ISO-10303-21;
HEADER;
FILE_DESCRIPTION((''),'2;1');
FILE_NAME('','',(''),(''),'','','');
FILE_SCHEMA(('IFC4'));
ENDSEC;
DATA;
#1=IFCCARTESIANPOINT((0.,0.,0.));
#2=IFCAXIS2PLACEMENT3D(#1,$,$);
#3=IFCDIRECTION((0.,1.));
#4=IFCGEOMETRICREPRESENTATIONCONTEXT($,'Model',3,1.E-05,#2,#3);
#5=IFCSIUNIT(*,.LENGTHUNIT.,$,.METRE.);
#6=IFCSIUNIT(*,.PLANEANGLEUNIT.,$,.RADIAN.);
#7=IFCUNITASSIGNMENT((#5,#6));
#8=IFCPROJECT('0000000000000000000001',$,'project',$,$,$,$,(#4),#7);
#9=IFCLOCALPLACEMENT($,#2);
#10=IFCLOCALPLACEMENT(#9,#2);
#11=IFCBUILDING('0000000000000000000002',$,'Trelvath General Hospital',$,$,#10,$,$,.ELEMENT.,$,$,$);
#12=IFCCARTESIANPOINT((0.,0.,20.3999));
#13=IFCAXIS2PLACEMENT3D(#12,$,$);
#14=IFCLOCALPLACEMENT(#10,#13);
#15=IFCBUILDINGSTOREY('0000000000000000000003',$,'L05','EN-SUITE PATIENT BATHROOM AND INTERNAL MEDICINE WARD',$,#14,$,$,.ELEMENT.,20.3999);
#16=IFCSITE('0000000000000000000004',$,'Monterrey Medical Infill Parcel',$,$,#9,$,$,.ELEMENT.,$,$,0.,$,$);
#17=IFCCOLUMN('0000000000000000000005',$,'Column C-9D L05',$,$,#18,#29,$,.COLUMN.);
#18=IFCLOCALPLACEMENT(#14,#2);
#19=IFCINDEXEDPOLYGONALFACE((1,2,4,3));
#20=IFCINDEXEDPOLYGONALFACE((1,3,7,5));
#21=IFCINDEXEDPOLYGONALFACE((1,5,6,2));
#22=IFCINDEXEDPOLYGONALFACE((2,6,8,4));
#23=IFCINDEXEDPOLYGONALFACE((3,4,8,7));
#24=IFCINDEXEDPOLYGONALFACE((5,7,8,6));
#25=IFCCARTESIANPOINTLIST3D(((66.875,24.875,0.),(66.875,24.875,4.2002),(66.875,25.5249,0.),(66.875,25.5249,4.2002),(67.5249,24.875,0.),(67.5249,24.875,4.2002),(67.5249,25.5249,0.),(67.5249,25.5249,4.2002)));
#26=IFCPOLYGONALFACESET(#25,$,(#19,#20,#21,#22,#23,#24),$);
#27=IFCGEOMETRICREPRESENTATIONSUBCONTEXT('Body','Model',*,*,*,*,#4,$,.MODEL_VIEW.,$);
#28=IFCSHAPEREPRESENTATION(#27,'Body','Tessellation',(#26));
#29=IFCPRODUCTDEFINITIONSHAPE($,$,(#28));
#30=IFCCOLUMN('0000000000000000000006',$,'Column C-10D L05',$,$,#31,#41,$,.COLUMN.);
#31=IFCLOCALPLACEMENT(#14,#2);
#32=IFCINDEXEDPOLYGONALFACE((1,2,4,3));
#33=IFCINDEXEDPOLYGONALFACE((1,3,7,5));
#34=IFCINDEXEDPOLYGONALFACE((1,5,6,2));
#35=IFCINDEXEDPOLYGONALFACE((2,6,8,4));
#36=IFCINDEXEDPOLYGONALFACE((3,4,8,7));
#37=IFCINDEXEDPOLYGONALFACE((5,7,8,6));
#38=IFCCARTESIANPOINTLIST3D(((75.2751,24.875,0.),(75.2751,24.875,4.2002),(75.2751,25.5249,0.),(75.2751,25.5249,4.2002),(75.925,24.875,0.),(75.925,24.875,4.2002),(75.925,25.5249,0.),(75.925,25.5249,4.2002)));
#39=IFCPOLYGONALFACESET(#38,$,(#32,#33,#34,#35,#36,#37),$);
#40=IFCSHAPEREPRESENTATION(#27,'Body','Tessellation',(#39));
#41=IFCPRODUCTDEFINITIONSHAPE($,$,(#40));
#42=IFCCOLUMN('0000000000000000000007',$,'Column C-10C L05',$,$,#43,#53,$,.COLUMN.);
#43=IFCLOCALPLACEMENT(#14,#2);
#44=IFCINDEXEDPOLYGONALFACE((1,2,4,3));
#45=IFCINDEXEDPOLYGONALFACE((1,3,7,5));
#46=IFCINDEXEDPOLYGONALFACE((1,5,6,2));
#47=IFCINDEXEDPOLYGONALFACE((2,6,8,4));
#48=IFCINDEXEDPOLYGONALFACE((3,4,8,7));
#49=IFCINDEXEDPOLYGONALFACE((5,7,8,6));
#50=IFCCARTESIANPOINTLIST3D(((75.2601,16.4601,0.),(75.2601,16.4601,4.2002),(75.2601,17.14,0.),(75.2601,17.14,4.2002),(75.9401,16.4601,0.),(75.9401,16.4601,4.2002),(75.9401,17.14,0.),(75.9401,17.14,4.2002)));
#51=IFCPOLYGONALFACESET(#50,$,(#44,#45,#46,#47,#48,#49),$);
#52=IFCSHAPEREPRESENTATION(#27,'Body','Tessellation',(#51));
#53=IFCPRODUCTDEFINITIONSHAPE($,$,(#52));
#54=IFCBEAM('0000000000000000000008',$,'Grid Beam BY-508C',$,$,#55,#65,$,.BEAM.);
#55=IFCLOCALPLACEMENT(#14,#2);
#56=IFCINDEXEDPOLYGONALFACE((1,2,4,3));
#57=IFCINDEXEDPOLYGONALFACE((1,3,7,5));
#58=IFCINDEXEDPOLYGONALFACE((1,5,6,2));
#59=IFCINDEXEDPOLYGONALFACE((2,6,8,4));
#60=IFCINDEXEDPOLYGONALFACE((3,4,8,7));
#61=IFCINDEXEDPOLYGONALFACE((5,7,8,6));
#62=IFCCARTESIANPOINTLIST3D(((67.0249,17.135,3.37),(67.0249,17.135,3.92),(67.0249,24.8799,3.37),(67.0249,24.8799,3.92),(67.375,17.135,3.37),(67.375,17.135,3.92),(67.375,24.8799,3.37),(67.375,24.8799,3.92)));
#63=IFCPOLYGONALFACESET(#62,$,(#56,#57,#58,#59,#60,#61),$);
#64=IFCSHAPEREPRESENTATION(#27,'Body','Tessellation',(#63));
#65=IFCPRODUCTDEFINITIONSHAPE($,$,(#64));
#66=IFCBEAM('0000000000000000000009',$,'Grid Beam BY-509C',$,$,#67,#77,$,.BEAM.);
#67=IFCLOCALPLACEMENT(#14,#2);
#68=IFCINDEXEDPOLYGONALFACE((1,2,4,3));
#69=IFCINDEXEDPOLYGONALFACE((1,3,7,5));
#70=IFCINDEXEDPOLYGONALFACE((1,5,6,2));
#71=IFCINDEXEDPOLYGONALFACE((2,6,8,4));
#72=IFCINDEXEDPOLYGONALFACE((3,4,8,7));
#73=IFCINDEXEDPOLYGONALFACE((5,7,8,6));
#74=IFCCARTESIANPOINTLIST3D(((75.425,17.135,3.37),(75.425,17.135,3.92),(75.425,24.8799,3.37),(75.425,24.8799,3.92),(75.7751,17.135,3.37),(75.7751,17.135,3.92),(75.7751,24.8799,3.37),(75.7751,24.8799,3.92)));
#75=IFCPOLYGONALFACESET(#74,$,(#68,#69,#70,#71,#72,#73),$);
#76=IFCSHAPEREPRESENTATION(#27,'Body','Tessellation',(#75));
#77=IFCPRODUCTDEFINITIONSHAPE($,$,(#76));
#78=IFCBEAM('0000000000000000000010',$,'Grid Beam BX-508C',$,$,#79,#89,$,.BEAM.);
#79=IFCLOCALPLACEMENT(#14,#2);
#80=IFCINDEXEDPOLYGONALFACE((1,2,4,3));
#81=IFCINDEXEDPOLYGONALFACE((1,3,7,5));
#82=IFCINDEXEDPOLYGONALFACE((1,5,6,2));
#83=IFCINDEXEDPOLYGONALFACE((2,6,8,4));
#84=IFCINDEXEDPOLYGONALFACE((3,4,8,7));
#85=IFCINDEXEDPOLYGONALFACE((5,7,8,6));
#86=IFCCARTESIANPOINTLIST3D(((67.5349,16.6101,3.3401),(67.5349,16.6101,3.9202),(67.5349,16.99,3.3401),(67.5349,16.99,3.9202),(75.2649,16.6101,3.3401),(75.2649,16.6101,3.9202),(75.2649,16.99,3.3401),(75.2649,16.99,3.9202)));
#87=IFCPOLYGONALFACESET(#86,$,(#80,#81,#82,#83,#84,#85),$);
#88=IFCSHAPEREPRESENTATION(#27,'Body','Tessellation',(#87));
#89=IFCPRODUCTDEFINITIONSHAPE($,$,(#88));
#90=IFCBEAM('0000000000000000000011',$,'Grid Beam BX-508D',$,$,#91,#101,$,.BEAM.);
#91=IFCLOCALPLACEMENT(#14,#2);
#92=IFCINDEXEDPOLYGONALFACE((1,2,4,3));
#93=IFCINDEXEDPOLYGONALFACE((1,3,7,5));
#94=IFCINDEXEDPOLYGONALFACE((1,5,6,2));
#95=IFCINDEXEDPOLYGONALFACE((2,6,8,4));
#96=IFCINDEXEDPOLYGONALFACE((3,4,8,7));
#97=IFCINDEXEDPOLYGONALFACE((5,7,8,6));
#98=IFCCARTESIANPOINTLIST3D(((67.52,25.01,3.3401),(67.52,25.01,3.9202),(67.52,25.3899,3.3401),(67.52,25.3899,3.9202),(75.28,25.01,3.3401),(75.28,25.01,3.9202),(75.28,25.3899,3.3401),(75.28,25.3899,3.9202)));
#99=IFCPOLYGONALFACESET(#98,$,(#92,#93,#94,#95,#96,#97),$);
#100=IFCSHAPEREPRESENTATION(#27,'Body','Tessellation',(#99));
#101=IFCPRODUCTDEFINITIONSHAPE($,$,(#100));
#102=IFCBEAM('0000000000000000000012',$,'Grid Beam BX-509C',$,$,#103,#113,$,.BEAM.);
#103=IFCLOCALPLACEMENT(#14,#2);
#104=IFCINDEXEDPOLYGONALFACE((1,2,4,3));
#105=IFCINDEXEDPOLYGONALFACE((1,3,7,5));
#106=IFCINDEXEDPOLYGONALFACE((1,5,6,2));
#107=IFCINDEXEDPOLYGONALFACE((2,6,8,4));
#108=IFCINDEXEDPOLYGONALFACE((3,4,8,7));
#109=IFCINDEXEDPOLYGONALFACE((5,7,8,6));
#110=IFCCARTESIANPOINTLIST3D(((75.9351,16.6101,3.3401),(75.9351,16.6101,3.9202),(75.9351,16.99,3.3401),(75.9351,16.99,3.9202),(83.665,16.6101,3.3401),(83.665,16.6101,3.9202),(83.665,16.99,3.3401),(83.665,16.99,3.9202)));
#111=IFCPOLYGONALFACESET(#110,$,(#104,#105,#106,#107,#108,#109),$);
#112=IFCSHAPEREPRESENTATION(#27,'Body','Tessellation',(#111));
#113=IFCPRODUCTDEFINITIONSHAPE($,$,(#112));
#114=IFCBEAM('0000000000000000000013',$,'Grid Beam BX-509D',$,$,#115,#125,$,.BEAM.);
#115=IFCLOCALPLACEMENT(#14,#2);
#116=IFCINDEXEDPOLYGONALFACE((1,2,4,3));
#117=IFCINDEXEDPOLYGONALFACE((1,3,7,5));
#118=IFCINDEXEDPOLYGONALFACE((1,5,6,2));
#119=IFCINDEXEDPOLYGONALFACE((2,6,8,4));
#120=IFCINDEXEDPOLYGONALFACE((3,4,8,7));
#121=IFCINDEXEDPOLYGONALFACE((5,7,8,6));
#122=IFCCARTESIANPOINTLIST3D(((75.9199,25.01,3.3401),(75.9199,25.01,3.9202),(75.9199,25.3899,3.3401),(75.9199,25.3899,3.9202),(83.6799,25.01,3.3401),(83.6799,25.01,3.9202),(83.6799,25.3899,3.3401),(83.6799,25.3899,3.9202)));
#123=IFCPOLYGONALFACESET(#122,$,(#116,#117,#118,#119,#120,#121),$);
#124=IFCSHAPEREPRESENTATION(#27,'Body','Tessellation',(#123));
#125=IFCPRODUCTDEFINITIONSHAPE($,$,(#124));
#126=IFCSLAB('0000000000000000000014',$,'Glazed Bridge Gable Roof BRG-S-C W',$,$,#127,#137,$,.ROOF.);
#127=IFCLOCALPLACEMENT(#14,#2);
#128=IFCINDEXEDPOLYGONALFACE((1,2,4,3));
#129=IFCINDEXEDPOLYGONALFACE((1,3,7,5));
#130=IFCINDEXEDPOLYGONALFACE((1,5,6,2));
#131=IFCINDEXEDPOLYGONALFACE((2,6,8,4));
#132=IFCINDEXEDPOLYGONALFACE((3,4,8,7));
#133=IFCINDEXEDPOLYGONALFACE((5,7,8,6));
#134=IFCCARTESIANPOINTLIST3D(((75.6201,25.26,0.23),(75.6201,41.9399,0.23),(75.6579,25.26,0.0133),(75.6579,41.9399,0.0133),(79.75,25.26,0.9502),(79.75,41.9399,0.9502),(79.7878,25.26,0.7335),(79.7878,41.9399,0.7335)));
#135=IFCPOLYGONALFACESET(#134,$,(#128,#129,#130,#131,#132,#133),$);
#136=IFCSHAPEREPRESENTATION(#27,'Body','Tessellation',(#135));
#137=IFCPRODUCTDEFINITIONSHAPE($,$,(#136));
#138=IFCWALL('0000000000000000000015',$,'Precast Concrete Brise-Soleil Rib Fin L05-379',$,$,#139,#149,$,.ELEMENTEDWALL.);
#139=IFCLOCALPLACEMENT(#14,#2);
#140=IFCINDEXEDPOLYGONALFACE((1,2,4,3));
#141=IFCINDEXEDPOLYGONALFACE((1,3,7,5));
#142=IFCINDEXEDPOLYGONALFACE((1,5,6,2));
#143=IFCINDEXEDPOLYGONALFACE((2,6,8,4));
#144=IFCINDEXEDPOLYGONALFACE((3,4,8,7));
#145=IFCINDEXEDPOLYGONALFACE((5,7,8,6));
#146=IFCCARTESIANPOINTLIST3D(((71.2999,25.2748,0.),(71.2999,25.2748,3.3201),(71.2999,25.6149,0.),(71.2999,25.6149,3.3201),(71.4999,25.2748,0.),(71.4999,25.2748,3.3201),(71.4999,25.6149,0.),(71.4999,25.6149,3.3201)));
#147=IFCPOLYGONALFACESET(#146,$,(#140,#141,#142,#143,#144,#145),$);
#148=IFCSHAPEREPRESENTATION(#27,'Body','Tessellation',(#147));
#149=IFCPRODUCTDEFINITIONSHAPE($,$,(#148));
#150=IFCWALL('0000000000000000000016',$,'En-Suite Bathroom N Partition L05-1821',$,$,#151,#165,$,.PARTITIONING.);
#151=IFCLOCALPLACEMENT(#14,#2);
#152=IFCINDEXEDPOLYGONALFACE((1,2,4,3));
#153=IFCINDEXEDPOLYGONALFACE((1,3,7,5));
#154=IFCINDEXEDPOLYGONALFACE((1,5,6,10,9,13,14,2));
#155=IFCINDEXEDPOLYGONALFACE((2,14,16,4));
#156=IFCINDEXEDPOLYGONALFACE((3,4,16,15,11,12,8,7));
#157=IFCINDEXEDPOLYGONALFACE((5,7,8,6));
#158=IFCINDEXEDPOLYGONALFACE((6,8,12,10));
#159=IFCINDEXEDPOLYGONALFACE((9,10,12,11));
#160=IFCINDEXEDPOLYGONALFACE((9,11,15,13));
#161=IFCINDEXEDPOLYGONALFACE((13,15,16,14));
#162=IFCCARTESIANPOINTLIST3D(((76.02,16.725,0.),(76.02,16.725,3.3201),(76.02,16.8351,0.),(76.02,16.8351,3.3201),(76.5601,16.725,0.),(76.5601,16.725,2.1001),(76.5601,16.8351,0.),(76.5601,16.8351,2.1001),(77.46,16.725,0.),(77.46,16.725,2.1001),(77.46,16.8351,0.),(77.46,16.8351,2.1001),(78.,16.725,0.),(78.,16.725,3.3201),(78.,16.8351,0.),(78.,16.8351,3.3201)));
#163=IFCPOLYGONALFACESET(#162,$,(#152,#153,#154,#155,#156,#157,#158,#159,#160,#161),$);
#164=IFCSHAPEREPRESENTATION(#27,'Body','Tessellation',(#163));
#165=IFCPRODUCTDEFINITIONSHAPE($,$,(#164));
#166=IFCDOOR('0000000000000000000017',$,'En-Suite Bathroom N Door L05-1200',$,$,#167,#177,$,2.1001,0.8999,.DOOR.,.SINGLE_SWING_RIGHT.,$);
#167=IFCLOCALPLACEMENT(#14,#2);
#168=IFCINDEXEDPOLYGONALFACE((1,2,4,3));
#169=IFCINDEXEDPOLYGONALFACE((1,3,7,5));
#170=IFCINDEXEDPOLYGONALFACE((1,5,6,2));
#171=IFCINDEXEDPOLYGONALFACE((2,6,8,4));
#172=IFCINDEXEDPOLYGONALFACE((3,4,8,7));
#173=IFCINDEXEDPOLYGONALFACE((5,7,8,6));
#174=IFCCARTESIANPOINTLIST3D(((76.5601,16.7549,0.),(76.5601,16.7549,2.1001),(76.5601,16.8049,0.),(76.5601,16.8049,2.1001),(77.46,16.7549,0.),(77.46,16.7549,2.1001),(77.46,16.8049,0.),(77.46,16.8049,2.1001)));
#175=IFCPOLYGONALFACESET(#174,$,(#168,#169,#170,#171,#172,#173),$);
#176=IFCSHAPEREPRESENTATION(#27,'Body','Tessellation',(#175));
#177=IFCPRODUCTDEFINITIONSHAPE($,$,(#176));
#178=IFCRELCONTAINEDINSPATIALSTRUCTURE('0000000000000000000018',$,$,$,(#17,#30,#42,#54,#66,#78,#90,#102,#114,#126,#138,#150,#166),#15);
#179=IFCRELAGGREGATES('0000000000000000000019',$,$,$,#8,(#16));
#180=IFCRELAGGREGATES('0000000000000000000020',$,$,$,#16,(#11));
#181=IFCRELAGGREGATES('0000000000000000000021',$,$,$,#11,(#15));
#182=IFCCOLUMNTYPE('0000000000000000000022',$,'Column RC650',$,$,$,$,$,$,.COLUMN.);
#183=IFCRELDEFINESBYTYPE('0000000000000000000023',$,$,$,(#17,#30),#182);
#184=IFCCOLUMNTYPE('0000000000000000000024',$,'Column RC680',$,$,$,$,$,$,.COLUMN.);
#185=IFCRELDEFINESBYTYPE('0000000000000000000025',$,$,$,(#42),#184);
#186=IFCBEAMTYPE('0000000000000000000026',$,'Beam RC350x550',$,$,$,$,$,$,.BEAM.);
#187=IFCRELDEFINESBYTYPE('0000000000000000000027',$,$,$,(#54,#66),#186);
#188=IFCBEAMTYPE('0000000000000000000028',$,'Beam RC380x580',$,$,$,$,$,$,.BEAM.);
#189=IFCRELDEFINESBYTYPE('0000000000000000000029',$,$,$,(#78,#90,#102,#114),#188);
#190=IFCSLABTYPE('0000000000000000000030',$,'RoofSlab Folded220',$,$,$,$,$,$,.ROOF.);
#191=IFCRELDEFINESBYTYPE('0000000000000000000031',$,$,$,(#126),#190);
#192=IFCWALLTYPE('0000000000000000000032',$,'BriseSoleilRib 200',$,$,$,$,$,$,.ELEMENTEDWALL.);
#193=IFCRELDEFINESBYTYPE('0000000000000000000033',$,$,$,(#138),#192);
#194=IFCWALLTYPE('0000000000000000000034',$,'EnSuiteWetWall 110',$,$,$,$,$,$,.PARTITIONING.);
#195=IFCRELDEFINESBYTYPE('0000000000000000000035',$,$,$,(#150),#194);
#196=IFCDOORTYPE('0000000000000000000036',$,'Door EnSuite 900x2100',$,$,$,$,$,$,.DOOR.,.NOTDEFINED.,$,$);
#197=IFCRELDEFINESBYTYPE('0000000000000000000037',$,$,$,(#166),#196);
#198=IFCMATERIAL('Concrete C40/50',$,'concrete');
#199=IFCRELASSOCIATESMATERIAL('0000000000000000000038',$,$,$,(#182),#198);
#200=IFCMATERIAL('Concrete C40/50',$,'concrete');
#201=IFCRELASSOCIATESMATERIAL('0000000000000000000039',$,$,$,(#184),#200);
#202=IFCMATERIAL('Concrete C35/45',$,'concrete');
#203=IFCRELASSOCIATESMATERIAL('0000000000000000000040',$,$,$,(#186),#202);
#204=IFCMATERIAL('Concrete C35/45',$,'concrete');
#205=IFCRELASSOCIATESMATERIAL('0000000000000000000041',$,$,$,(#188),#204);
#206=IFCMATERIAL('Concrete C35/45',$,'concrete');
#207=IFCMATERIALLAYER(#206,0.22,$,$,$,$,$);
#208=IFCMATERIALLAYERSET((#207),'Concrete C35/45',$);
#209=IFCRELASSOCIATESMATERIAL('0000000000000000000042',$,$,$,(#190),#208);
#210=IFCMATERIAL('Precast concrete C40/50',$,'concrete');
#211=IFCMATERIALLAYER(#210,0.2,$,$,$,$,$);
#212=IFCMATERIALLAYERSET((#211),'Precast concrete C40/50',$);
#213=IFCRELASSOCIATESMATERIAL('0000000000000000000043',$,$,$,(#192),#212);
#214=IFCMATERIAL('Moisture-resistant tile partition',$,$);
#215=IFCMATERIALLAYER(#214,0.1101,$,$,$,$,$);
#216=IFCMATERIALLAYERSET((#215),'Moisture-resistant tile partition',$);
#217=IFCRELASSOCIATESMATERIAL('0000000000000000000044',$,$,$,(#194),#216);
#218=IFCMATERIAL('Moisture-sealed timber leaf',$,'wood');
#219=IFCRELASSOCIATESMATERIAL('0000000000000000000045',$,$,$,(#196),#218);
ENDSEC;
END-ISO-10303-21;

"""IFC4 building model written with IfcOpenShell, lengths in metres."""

from ifc_helpers import new_model, si_unit, direction, frame, frame_2d, origin, origin_2d, place, context, subcontext, project, spatial, polyline, rectangle, outline, extrude, material, layer, layer_set, material_profile, profile_set, type_object, element, fill, save


model = new_model("IFC4")

# Units and contexts
model_context = context("Model", 3, precision=1e-05, world=origin(), true_north=direction((0.0, 1.0)))
body_context = subcontext(model_context, "Body", "Model", "MODEL_VIEW")
ifc_project = project(units=[si_unit("LENGTHUNIT", "METRE"), si_unit("PLANEANGLEUNIT", "RADIAN")], contexts=[model_context])

# Site, building, storey
site_placement = place(None, origin())
site = spatial("IfcSite", under=ifc_project, at=site_placement, Name="Monterrey Medical Infill Parcel", CompositionType="ELEMENT", RefElevation=0.0)
building_placement = place(site_placement, origin())
building = spatial("IfcBuilding", under=site, at=building_placement, Name="Trelvath General Hospital", CompositionType="ELEMENT")
storey_placement = place(building_placement, frame((0.0, 0.0, 20.3999)))
storey = spatial("IfcBuildingStorey", under=building, at=storey_placement, Name="L05", Description="EN-SUITE PATIENT BATHROOM AND INTERNAL MEDICINE WARD", CompositionType="ELEMENT", Elevation=20.3999)

# Columns
ifc_material_1 = material(Name="Concrete C40/50", Category="concrete")
ifc_material_profile_1 = material_profile(ifc_material_1, rectangle(XDim=0.6499, YDim=0.6499, at=origin_2d()), Name="RC650x650")
ifc_profile_set_1 = profile_set([ifc_material_profile_1], Name="Concrete C40/50")
column_type_1 = type_object("IfcColumnType", Name="Column RC650", PredefinedType="COLUMN", material=ifc_profile_set_1)
for number, where, z_axis, x_axis, name in (
    (1, (67.2, 25.2, 0.0), (0.0, 0.0, 1.0), (1.0, 0.0, 0.0), "Column C-9D L05"),
    (2, (75.6001, 25.2, 0.0), (0.0, 0.0, 1.0), (1.0, 0.0, 0.0), "Column C-10D L05"),
):
    element("IfcColumn", number, at=place(storey_placement, frame(where, z_axis=z_axis, x_axis=x_axis)), inside=storey, type_object=column_type_1, Name=name, PredefinedType="COLUMN", context=body_context, shape_type="SweptSolid", body=[
        extrude(rectangle(XDim=0.6499, YDim=0.6499, at=origin_2d()), origin(), (0.0, 0.0, 1.0), 4.2002),
    ])
ifc_material_2 = material(Name="Concrete C40/50", Category="concrete")
ifc_material_profile_2 = material_profile(ifc_material_2, rectangle(XDim=0.6799, YDim=0.6799, at=origin_2d()), Name="RC680x680")
ifc_profile_set_2 = profile_set([ifc_material_profile_2], Name="Concrete C40/50")
column_type_2 = type_object("IfcColumnType", Name="Column RC680", PredefinedType="COLUMN", material=ifc_profile_set_2)
column_placement = place(storey_placement, frame((75.6001, 16.8, 0.0), z_axis=(0.0, 0.0, 1.0), x_axis=(1.0, 0.0, 0.0)))
element("IfcColumn", 3, at=column_placement, inside=storey, type_object=column_type_2, Name="Column C-10C L05", PredefinedType="COLUMN", context=body_context, shape_type="SweptSolid", body=[
    extrude(rectangle(XDim=0.6799, YDim=0.6799, at=origin_2d()), origin(), (0.0, 0.0, 1.0), 4.2002),
])

# Beams
ifc_material_3 = material(Name="Concrete C35/45", Category="concrete")
ifc_material_profile_3 = material_profile(ifc_material_3, rectangle(XDim=0.3501, YDim=0.55, at=origin_2d()), Name="RCB350x550")
ifc_profile_set_3 = profile_set([ifc_material_profile_3], Name="Concrete C35/45")
beam_type_1 = type_object("IfcBeamType", Name="Beam RC350x550", PredefinedType="BEAM", material=ifc_profile_set_3)
for number, where, z_axis, x_axis, name in (
    (4, (67.2, 17.135, 3.645), (0.0, 1.0, 0.0), (-1.0, 0.0, 0.0), "Grid Beam BY-508C"),
    (5, (75.6001, 17.135, 3.645), (0.0, 1.0, 0.0), (-1.0, 0.0, 0.0), "Grid Beam BY-509C"),
):
    element("IfcBeam", number, at=place(storey_placement, frame(where, z_axis=z_axis, x_axis=x_axis)), inside=storey, type_object=beam_type_1, Name=name, PredefinedType="BEAM", context=body_context, shape_type="SweptSolid", body=[
        extrude(rectangle(XDim=0.3501, YDim=0.55, at=origin_2d()), origin(), (0.0, 0.0, 1.0), 7.7449),
    ])
ifc_material_4 = material(Name="Concrete C35/45", Category="concrete")
ifc_material_profile_4 = material_profile(ifc_material_4, rectangle(XDim=0.3799, YDim=0.5801, at=origin_2d()), Name="RCB380x580")
ifc_profile_set_4 = profile_set([ifc_material_profile_4], Name="Concrete C35/45")
beam_type_2 = type_object("IfcBeamType", Name="Beam RC380x580", PredefinedType="BEAM", material=ifc_profile_set_4)
beam_1_placement = place(storey_placement, frame((67.5349, 16.8, 3.6301), z_axis=(1.0, 0.0, 0.0), x_axis=(0.0, 1.0, 0.0)))
element("IfcBeam", 6, at=beam_1_placement, inside=storey, type_object=beam_type_2, Name="Grid Beam BX-508C", PredefinedType="BEAM", context=body_context, shape_type="SweptSolid", body=[
    extrude(rectangle(XDim=0.3799, YDim=0.5801, at=origin_2d()), origin(), (0.0, 0.0, 1.0), 7.73),
])
beam_2_placement = place(storey_placement, frame((67.52, 25.2, 3.6301), z_axis=(1.0, 0.0, 0.0), x_axis=(0.0, 1.0, 0.0)))
element("IfcBeam", 7, at=beam_2_placement, inside=storey, type_object=beam_type_2, Name="Grid Beam BX-508D", PredefinedType="BEAM", context=body_context, shape_type="SweptSolid", body=[
    extrude(rectangle(XDim=0.3799, YDim=0.5801, at=origin_2d()), origin(), (0.0, 0.0, 1.0), 7.76),
])
beam_3_placement = place(storey_placement, frame((75.9351, 16.8, 3.6301), z_axis=(1.0, 0.0, 0.0), x_axis=(0.0, 1.0, 0.0)))
element("IfcBeam", 8, at=beam_3_placement, inside=storey, type_object=beam_type_2, Name="Grid Beam BX-509C", PredefinedType="BEAM", context=body_context, shape_type="SweptSolid", body=[
    extrude(rectangle(XDim=0.3799, YDim=0.5801, at=origin_2d()), origin(), (0.0, 0.0, 1.0), 7.73),
])
beam_4_placement = place(storey_placement, frame((75.9199, 25.2, 3.6301), z_axis=(1.0, 0.0, 0.0), x_axis=(0.0, 1.0, 0.0)))
element("IfcBeam", 9, at=beam_4_placement, inside=storey, type_object=beam_type_2, Name="Grid Beam BX-509D", PredefinedType="BEAM", context=body_context, shape_type="SweptSolid", body=[
    extrude(rectangle(XDim=0.3799, YDim=0.5801, at=origin_2d()), origin(), (0.0, 0.0, 1.0), 7.76),
])

# Slab
ifc_material_5 = material(Name="Concrete C35/45", Category="concrete")
ifc_layer_1 = layer(ifc_material_5, 0.22)
ifc_layer_set_1 = layer_set([ifc_layer_1], Name="Concrete C35/45")
slab_type = type_object("IfcSlabType", Name="RoofSlab Folded220", PredefinedType="ROOF", material=ifc_layer_set_1)
slab_placement = place(storey_placement, frame((75.6201, 25.26, 0.23), z_axis=(-0.171798, 0.0, 0.985132), x_axis=(0.985132, 0.0, 0.171798)))
element("IfcSlab", 10, at=slab_placement, inside=storey, type_object=slab_type, Name="Glazed Bridge Gable Roof BRG-S-C W", PredefinedType="ROOF", context=body_context, shape_type="SweptSolid", body=[
    extrude(outline(polyline([(0.0, 0.0), (4.1922, 0.0), (4.1922, 16.6799), (0.0, 16.6799), (0.0, 0.0)])), origin(), (0.0, 0.0, -1.0), 0.22),
])

# Wall
ifc_material_6 = material(Name="Precast concrete C40/50", Category="concrete")
ifc_layer_2 = layer(ifc_material_6, 0.2)
ifc_layer_set_2 = layer_set([ifc_layer_2], Name="Precast concrete C40/50")
wall_type_1 = type_object("IfcWallType", Name="BriseSoleilRib 200", PredefinedType="ELEMENTEDWALL", material=ifc_layer_set_2)
wall_1_placement = place(storey_placement, frame((71.3999, 25.2749, 0.0), z_axis=(0.0, 0.0, 1.0), x_axis=(0.0, 1.0, 0.0)))
element("IfcWall", 11, at=wall_1_placement, inside=storey, type_object=wall_type_1, Name="Precast Concrete Brise-Soleil Rib Fin L05-379", PredefinedType="ELEMENTEDWALL", context=body_context, shape_type="SweptSolid", body=[
    extrude(rectangle(XDim=0.3401, YDim=0.2, at=frame_2d((0.1699, 0.0))), origin(), (0.0, 0.0, 1.0), 3.3201),
])

# Wall, opening, door
ifc_material_7 = material(Name="Moisture-resistant tile partition")
ifc_layer_3 = layer(ifc_material_7, 0.1101)
ifc_layer_set_3 = layer_set([ifc_layer_3], Name="Moisture-resistant tile partition")
wall_type_2 = type_object("IfcWallType", Name="EnSuiteWetWall 110", PredefinedType="PARTITIONING", material=ifc_layer_set_3)
wall_2_placement = place(storey_placement, frame((76.02, 16.78, 0.0), z_axis=(0.0, 0.0, 1.0), x_axis=(1.0, 0.0, 0.0)))
wall_2 = element("IfcWall", 12, at=wall_2_placement, inside=storey, type_object=wall_type_2, Name="En-Suite Bathroom N Partition L05-1821", PredefinedType="PARTITIONING", context=body_context, shape_type="SweptSolid", body=[
    extrude(rectangle(XDim=1.98, YDim=0.1101, at=frame_2d((0.99, 0.0))), origin(), (0.0, 0.0, 1.0), 3.3201),
])
opening_1_placement = place(wall_2_placement, frame((0.54, 0.0, 0.0)))
opening_1 = element("IfcOpeningElement", 13, at=opening_1_placement, cuts=wall_2, PredefinedType="OPENING", context=body_context, shape_type="SweptSolid", body=[
    extrude(rectangle(XDim=0.8999, YDim=2.1001, at=frame_2d((0.45, 1.05))), frame((0.0, 0.0649, 0.0), z_axis=(0.0, -1.0, 0.0), x_axis=(1.0, 0.0, 0.0)), (0.0, 0.0, 1.0), 0.1301),
])
ifc_material_8 = material(Name="Moisture-sealed timber leaf", Category="wood")
door_type = type_object("IfcDoorType", Name="Door EnSuite 900x2100", OperationType="NOTDEFINED", PredefinedType="DOOR", material=ifc_material_8)
door_placement = place(opening_1_placement, origin())
door = element("IfcDoor", 14, at=door_placement, inside=storey, type_object=door_type, Name="En-Suite Bathroom N Door L05-1200", OperationType="SINGLE_SWING_RIGHT", OverallHeight=2.1001, OverallWidth=0.8999, PredefinedType="DOOR", context=body_context, shape_type="SweptSolid", body=[
    extrude(rectangle(XDim=0.8999, YDim=2.1001, at=frame_2d((0.45, 1.05))), frame((0.0, 0.0249, 0.0), z_axis=(0.0, -1.0, 0.0), x_axis=(1.0, 0.0, 0.0)), (0.0, 0.0, 1.0), 0.05),
])
fill(opening_1, door)

save(model, "model.ifc")
